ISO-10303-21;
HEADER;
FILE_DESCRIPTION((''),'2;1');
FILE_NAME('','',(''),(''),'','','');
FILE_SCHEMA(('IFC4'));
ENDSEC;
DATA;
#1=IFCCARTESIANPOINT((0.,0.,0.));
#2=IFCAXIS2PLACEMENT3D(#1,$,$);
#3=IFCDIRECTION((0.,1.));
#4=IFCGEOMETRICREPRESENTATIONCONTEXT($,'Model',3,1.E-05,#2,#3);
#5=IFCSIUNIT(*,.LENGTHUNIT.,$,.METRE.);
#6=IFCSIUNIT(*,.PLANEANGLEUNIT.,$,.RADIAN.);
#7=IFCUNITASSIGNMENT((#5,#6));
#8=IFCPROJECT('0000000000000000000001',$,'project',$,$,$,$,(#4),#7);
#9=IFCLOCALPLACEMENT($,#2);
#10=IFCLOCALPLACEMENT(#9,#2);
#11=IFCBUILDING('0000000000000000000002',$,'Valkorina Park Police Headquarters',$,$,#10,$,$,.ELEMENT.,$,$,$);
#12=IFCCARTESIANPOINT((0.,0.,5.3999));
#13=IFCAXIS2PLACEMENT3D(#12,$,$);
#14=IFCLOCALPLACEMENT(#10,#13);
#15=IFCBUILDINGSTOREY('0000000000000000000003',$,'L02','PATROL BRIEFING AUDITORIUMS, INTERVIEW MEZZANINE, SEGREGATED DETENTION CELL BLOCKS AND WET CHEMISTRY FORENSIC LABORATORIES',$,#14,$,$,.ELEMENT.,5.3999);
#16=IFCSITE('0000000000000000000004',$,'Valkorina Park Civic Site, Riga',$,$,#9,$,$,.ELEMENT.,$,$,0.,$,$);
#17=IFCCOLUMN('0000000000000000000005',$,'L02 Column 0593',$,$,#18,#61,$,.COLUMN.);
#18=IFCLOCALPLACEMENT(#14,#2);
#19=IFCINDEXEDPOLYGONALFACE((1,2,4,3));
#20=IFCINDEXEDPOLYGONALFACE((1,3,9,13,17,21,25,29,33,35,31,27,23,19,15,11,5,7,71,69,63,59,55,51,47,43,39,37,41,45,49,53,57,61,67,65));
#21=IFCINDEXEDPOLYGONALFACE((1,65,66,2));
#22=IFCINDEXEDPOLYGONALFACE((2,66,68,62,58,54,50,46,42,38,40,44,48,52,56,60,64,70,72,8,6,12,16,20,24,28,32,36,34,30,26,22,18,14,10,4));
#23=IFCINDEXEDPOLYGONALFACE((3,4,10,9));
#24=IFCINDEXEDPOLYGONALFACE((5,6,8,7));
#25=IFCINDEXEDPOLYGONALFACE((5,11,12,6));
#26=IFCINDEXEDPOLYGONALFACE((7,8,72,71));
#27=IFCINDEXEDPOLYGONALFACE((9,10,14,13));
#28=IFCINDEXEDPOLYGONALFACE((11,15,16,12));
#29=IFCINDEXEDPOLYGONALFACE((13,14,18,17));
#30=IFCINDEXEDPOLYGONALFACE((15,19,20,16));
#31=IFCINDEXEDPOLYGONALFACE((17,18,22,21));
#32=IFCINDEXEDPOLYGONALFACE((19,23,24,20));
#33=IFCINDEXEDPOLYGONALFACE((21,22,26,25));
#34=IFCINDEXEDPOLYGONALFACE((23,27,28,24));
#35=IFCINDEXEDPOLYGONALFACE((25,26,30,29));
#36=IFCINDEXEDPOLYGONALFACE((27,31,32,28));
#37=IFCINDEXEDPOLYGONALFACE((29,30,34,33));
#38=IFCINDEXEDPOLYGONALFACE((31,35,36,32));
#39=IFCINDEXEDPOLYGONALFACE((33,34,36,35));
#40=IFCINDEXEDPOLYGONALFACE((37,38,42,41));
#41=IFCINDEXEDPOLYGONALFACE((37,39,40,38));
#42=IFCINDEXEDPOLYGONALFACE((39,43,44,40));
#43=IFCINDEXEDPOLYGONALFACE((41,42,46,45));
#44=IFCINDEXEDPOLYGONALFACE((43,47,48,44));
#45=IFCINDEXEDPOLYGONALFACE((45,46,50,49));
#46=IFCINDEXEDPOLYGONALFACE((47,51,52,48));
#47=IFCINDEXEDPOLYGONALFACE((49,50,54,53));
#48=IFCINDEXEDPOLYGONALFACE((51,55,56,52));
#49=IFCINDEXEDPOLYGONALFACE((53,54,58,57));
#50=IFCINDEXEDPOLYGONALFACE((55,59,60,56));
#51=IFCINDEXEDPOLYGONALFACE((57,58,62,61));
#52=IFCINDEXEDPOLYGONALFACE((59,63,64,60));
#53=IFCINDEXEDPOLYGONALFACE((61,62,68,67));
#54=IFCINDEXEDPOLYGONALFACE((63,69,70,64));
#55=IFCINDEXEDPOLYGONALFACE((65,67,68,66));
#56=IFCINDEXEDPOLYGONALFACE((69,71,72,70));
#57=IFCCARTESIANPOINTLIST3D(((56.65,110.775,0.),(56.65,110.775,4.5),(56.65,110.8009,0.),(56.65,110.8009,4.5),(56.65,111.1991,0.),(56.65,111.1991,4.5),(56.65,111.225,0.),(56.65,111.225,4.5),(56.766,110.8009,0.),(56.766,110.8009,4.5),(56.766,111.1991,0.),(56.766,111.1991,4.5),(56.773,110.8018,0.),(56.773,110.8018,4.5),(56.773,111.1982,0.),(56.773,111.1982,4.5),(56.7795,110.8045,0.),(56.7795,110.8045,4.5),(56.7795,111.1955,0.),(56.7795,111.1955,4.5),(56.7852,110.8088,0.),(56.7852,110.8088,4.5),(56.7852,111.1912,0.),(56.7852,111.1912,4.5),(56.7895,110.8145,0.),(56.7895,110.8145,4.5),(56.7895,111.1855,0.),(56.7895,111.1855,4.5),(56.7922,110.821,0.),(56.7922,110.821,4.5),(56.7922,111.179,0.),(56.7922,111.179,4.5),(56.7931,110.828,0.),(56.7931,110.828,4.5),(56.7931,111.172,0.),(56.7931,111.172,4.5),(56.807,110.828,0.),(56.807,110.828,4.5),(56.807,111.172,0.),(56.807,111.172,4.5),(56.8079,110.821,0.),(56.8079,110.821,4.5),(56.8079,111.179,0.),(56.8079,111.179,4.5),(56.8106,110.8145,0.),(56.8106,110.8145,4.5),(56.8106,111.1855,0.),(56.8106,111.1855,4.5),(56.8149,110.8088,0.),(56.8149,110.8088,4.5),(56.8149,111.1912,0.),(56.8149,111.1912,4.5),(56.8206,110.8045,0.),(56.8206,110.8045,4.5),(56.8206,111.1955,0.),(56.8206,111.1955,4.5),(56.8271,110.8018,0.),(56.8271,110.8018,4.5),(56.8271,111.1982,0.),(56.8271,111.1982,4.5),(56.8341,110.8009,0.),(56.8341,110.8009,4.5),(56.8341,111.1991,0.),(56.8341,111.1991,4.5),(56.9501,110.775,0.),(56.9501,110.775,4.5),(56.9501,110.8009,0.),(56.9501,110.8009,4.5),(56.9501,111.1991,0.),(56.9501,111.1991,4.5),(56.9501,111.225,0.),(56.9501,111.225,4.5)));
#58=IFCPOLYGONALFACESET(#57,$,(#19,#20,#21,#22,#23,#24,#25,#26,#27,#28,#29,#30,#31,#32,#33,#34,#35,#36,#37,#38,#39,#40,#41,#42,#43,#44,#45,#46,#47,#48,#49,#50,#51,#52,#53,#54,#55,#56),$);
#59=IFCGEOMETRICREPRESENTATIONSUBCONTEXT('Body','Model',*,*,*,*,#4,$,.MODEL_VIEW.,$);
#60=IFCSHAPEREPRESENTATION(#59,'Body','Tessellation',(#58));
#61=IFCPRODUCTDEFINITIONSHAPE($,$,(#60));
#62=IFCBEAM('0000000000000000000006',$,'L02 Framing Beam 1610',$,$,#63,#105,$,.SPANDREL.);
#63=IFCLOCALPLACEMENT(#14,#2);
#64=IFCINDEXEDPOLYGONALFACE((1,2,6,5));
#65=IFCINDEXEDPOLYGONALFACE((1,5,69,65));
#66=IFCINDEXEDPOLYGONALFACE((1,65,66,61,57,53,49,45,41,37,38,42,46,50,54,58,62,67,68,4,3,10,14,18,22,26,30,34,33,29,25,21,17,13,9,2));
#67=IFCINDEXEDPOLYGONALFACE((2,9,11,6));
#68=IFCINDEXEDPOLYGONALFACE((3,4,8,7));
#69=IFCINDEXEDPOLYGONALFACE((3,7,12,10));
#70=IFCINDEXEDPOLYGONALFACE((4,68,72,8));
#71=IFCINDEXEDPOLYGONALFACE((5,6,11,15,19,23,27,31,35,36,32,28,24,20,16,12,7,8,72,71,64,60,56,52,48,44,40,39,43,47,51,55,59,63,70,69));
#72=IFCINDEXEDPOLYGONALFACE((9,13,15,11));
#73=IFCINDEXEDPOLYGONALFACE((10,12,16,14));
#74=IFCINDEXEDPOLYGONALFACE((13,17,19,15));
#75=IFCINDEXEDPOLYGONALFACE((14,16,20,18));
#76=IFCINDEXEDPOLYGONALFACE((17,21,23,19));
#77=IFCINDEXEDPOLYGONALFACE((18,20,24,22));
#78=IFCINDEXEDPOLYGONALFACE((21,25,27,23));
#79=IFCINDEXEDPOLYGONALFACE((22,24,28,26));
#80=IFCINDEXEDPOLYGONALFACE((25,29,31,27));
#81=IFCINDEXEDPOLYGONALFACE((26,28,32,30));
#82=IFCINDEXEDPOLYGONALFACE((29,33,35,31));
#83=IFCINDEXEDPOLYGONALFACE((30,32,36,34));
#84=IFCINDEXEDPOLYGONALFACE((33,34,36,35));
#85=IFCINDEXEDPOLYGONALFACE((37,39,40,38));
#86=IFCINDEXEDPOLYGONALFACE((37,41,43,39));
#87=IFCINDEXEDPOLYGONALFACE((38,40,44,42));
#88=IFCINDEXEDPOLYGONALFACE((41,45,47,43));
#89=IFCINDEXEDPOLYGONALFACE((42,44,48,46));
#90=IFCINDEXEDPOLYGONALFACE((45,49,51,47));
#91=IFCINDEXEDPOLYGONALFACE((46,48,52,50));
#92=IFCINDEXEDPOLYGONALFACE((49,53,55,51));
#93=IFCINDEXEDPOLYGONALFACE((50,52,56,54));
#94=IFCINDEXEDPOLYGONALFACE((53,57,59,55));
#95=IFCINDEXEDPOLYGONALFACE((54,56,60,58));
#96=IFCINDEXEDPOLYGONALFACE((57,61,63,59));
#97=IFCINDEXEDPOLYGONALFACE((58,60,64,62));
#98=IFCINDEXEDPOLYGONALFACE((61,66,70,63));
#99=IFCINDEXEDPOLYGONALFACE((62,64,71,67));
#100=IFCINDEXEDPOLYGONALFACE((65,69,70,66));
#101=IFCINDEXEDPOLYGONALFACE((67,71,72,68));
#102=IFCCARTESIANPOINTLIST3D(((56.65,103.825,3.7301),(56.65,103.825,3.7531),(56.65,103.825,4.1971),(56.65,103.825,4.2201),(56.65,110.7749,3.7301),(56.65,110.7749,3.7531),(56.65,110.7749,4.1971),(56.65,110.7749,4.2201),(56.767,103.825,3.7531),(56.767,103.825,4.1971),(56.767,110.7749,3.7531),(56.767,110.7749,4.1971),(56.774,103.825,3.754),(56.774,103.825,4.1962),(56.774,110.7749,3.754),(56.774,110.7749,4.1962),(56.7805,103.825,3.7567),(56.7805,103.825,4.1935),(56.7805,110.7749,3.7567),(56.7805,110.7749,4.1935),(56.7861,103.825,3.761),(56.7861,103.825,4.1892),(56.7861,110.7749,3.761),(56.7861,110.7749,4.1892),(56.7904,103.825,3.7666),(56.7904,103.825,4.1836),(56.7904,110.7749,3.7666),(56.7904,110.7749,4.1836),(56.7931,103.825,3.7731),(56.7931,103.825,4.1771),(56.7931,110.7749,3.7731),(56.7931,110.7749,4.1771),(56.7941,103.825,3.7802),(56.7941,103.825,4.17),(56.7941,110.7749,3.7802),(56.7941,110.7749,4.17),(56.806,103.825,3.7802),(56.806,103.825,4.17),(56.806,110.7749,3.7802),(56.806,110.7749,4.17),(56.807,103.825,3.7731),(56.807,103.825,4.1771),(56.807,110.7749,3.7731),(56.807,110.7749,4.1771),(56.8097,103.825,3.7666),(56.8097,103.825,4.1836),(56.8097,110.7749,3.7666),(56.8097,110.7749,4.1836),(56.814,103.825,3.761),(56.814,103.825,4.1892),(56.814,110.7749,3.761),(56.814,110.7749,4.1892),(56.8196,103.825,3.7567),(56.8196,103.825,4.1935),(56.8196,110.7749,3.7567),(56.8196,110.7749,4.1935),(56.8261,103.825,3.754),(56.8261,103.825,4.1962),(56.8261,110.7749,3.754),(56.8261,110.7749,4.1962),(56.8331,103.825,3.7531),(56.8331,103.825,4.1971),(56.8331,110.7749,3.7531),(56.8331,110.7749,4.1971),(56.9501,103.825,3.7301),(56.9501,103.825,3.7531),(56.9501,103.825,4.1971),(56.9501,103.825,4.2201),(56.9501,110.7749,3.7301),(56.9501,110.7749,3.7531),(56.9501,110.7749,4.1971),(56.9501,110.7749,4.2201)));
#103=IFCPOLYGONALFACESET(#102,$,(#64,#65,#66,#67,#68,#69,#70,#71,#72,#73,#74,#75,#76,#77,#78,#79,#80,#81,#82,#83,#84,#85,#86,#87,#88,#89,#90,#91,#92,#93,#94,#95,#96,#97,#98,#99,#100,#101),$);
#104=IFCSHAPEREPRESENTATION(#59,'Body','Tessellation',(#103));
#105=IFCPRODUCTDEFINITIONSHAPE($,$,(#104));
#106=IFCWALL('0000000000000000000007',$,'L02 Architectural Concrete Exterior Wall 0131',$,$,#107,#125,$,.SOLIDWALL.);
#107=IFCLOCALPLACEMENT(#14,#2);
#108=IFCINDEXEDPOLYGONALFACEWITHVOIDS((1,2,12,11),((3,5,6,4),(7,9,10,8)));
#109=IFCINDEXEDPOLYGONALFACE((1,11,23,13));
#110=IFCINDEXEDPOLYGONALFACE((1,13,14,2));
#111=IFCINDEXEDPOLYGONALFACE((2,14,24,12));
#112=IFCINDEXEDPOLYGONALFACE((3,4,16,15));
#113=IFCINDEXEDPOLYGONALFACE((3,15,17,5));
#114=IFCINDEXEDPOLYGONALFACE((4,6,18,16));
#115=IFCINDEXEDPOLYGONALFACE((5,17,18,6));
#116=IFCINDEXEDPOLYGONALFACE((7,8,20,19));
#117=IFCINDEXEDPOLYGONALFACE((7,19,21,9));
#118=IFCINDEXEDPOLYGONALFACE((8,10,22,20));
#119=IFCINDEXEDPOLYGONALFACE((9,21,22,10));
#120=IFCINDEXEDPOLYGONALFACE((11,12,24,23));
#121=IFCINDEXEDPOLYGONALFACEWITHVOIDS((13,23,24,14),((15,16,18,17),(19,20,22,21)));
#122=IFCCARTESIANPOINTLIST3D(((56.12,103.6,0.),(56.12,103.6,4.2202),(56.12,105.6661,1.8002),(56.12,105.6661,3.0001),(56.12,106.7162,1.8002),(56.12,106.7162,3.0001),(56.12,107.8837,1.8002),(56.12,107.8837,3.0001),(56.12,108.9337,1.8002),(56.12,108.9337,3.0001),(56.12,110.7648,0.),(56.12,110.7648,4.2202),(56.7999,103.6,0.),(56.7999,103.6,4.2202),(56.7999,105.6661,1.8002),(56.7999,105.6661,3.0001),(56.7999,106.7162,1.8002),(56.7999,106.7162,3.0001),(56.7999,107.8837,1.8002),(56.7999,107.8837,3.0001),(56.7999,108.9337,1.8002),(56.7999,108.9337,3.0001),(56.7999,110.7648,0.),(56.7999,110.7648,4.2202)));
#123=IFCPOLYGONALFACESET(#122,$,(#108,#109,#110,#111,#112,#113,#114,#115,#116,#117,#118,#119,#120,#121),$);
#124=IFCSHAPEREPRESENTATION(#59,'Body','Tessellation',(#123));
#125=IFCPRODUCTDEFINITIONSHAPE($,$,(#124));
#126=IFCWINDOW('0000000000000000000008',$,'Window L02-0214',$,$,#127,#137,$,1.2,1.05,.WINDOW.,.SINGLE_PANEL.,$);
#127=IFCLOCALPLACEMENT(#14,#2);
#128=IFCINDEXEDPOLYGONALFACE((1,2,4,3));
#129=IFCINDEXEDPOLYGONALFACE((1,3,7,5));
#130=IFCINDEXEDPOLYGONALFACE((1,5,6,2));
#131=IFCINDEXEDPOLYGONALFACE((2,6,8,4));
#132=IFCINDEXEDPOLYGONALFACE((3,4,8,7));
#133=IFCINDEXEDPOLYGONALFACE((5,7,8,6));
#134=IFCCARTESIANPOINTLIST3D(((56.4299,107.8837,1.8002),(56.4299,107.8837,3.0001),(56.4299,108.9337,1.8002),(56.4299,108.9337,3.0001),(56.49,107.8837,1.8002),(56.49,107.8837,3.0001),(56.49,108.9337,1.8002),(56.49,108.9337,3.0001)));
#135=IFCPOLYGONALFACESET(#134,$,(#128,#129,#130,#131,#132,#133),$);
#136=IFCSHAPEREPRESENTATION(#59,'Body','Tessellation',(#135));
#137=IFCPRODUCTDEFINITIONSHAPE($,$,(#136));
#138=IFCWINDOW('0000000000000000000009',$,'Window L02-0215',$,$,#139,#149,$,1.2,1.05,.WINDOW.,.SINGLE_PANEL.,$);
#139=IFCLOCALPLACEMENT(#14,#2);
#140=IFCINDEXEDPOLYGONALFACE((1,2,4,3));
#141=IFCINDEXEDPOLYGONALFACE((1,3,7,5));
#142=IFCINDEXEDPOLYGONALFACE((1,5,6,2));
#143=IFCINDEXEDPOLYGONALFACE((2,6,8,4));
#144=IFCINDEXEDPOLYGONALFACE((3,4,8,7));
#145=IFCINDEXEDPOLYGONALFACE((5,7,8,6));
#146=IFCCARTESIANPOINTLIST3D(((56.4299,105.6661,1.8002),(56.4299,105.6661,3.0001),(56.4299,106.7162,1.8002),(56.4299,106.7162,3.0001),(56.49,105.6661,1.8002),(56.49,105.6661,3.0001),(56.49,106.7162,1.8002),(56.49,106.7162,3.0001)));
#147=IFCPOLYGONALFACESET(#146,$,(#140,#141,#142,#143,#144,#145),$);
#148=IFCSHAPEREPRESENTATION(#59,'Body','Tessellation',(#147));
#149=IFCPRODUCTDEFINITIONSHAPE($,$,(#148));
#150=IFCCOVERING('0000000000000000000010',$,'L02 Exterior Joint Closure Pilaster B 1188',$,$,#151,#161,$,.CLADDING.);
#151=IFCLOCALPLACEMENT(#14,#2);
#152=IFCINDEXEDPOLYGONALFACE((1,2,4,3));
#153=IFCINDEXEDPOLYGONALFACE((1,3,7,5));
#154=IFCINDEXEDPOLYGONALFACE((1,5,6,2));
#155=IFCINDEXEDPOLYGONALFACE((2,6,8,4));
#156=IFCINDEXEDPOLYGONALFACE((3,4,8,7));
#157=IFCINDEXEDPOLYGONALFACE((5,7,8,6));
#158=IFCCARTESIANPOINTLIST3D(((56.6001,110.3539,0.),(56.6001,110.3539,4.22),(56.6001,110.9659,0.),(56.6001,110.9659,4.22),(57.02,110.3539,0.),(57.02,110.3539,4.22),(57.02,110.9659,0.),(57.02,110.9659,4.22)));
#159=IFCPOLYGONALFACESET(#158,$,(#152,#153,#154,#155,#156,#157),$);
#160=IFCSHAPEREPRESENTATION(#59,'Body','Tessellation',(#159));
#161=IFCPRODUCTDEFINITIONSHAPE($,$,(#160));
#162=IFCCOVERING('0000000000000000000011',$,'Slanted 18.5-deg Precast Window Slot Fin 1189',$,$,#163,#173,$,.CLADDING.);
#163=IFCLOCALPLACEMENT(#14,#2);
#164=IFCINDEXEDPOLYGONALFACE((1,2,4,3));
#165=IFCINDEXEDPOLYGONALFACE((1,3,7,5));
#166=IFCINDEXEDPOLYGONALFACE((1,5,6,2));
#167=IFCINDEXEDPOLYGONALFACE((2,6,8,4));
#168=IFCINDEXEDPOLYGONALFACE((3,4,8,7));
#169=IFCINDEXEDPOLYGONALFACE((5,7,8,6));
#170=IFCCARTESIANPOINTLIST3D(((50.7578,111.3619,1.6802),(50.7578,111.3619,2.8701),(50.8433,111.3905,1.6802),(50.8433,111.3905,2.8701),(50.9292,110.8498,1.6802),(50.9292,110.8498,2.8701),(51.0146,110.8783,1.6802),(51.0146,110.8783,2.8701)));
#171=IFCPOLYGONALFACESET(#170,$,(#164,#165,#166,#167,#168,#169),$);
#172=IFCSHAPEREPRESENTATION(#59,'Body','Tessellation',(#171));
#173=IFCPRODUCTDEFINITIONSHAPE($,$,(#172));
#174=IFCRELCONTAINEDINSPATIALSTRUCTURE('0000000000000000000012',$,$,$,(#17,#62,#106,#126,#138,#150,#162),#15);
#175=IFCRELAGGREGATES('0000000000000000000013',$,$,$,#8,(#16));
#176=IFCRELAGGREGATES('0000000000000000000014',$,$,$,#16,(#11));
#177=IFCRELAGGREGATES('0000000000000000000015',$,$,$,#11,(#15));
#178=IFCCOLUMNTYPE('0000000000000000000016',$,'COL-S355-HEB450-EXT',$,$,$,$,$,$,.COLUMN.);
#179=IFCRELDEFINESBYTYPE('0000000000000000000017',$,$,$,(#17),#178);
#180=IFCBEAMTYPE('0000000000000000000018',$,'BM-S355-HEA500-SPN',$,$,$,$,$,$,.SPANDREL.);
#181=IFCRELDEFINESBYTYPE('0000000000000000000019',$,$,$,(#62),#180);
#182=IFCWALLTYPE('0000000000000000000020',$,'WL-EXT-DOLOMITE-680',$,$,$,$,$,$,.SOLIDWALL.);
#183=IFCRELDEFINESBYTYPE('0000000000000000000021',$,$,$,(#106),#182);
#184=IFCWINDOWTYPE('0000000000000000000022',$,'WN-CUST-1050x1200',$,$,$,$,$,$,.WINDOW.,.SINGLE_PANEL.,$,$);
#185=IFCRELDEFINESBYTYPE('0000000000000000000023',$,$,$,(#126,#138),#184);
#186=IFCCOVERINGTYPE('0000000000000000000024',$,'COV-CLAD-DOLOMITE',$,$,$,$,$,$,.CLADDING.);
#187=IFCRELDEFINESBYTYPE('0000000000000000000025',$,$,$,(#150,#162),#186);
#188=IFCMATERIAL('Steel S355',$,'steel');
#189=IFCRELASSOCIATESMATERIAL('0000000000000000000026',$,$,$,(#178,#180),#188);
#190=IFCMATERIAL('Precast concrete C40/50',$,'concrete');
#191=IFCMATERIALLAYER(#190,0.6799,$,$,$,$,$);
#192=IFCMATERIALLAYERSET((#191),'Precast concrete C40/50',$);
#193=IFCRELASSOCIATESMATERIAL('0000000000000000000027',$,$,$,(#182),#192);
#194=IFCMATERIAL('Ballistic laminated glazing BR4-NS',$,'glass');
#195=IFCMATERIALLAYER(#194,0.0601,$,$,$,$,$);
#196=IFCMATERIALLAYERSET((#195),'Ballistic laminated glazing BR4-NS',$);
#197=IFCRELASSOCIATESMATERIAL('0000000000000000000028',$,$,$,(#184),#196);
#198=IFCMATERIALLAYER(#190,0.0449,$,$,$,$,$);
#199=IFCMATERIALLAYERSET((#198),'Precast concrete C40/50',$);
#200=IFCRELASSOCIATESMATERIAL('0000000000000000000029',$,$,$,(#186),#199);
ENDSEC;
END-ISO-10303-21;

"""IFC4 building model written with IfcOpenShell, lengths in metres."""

from ifc_helpers import new_model, si_unit, direction, frame, frame_2d, origin, origin_2d, place, context, subcontext, project, spatial, rectangle, i_section, extrude, material, layer, layer_set, material_profile, profile_set, type_object, element, fill, save


model = new_model("IFC4")

# Units and contexts
model_context = context("Model", 3, precision=1e-05, world=origin(), true_north=direction((0.0, 1.0)))
body_context = subcontext(model_context, "Body", "Model", "MODEL_VIEW")
ifc_project = project(units=[si_unit("LENGTHUNIT", "METRE"), si_unit("PLANEANGLEUNIT", "RADIAN")], contexts=[model_context])

# Site, building, storey
site_placement = place(None, origin())
site = spatial("IfcSite", under=ifc_project, at=site_placement, Name="Valkorina Park Civic Site, Riga", CompositionType="ELEMENT", RefElevation=0.0)
building_placement = place(site_placement, origin())
building = spatial("IfcBuilding", under=site, at=building_placement, Name="Valkorina Park Police Headquarters", CompositionType="ELEMENT")
storey_placement = place(building_placement, frame((0.0, 0.0, 5.3999)))
storey = spatial("IfcBuildingStorey", under=building, at=storey_placement, Name="L02", Description="PATROL BRIEFING AUDITORIUMS, INTERVIEW MEZZANINE, SEGREGATED DETENTION CELL BLOCKS AND WET CHEMISTRY FORENSIC LABORATORIES", CompositionType="ELEMENT", Elevation=5.3999)

# Column
ifc_material_1 = material(Name="Steel S355", Category="steel")
ifc_material_profile_1 = material_profile(ifc_material_1, i_section(OverallWidth=0.3, OverallDepth=0.45, WebThickness=0.0139, FlangeThickness=0.0259, FilletRadius=0.0271, at=origin_2d()), Name="HEB 450")
ifc_profile_set_1 = profile_set([ifc_material_profile_1], Name="Steel S355")
column_type = type_object("IfcColumnType", Name="COL-S355-HEB450-EXT", PredefinedType="COLUMN", material=ifc_profile_set_1)
column_placement = place(storey_placement, frame((56.8, 111.0, 0.0), z_axis=(0.0, 0.0, 1.0), x_axis=(1.0, 0.0, 0.0)))
element("IfcColumn", 1, at=column_placement, inside=storey, type_object=column_type, Name="L02 Column 0593", PredefinedType="COLUMN", context=body_context, shape_type="SweptSolid", body=[
    extrude(i_section(OverallWidth=0.3, OverallDepth=0.45, WebThickness=0.0139, FlangeThickness=0.0259, FilletRadius=0.0271, at=origin_2d()), origin(), (0.0, 0.0, 1.0), 4.5),
])

# Beam
ifc_material_profile_2 = material_profile(ifc_material_1, i_section(OverallWidth=0.3, OverallDepth=0.49, WebThickness=0.012, FlangeThickness=0.0229, FilletRadius=0.0271, at=origin_2d()), Name="HEA 500")
ifc_profile_set_2 = profile_set([ifc_material_profile_2], Name="Steel S355")
beam_type = type_object("IfcBeamType", Name="BM-S355-HEA500-SPN", PredefinedType="SPANDREL", material=ifc_profile_set_2)
beam_placement = place(storey_placement, frame((56.8, 103.825, 3.9751), z_axis=(0.0, 1.0, 0.0), x_axis=(-1.0, 0.0, 0.0)))
element("IfcBeam", 2, at=beam_placement, inside=storey, type_object=beam_type, Name="L02 Framing Beam 1610", PredefinedType="SPANDREL", context=body_context, shape_type="SweptSolid", body=[
    extrude(i_section(OverallWidth=0.3, OverallDepth=0.49, WebThickness=0.012, FlangeThickness=0.0229, FilletRadius=0.0271, at=origin_2d()), origin(), (0.0, 0.0, 1.0), 6.95),
])

# Wall, openings, windows
ifc_material_2 = material(Name="Precast concrete C40/50", Category="concrete")
ifc_layer_1 = layer(ifc_material_2, 0.6799)
ifc_layer_set_1 = layer_set([ifc_layer_1], Name="Precast concrete C40/50")
wall_type = type_object("IfcWallType", Name="WL-EXT-DOLOMITE-680", PredefinedType="SOLIDWALL", material=ifc_layer_set_1)
wall_placement = place(storey_placement, frame((56.46, 110.7649, 0.0), z_axis=(0.0, 0.0, 1.0), x_axis=(0.0, -1.0, 0.0)))
wall = element("IfcWall", 3, at=wall_placement, inside=storey, type_object=wall_type, Name="L02 Architectural Concrete Exterior Wall 0131", PredefinedType="SOLIDWALL", context=body_context, shape_type="SweptSolid", body=[
    extrude(rectangle(XDim=7.1648, YDim=0.6799, at=frame_2d((3.5825, 0.0))), origin(), (0.0, 0.0, 1.0), 4.2202),
])
opening_1_placement = place(wall_placement, frame((1.8313, 0.0, 1.8)))
opening_1 = element("IfcOpeningElement", 4, at=opening_1_placement, cuts=wall, PredefinedType="OPENING", context=body_context, shape_type="SweptSolid", body=[
    extrude(rectangle(XDim=1.05, YDim=1.2, at=frame_2d((0.5249, 0.6001))), frame((0.0, 0.3501, 0.0), z_axis=(0.0, -1.0, 0.0), x_axis=(1.0, 0.0, 0.0)), (0.0, 0.0, 1.0), 0.7),
])
opening_2_placement = place(wall_placement, frame((4.0488, 0.0, 1.8)))
opening_2 = element("IfcOpeningElement", 5, at=opening_2_placement, cuts=wall, PredefinedType="OPENING", context=body_context, shape_type="SweptSolid", body=[
    extrude(rectangle(XDim=1.05, YDim=1.2, at=frame_2d((0.5249, 0.6001))), frame((0.0, 0.3501, 0.0), z_axis=(0.0, -1.0, 0.0), x_axis=(1.0, 0.0, 0.0)), (0.0, 0.0, 1.0), 0.7),
])
ifc_material_3 = material(Name="Ballistic laminated glazing BR4-NS", Category="glass")
ifc_layer_2 = layer(ifc_material_3, 0.0601)
ifc_layer_set_2 = layer_set([ifc_layer_2], Name="Ballistic laminated glazing BR4-NS")
window_type = type_object("IfcWindowType", Name="WN-CUST-1050x1200", PartitioningType="SINGLE_PANEL", PredefinedType="WINDOW", material=ifc_layer_set_2)
window_1_placement = place(opening_1_placement, origin())
window_1 = element("IfcWindow", 6, at=window_1_placement, inside=storey, type_object=window_type, Name="Window L02-0214", OverallHeight=1.2, OverallWidth=1.05, PartitioningType="SINGLE_PANEL", PredefinedType="WINDOW", context=body_context, shape_type="SweptSolid", body=[
    extrude(rectangle(XDim=1.05, YDim=1.2, at=frame_2d((0.5249, 0.6001))), frame((0.0, 0.03, 0.0), z_axis=(0.0, -1.0, 0.0), x_axis=(1.0, 0.0, 0.0)), (0.0, 0.0, 1.0), 0.0601),
])
fill(opening_1, window_1)
window_2_placement = place(opening_2_placement, origin())
window_2 = element("IfcWindow", 7, at=window_2_placement, inside=storey, type_object=window_type, Name="Window L02-0215", OverallHeight=1.2, OverallWidth=1.05, PartitioningType="SINGLE_PANEL", PredefinedType="WINDOW", context=body_context, shape_type="SweptSolid", body=[
    extrude(rectangle(XDim=1.05, YDim=1.2, at=frame_2d((0.5249, 0.6001))), frame((0.0, 0.03, 0.0), z_axis=(0.0, -1.0, 0.0), x_axis=(1.0, 0.0, 0.0)), (0.0, 0.0, 1.0), 0.0601),
])
fill(opening_2, window_2)

# Coverings
ifc_layer_3 = layer(ifc_material_2, 0.0449)
ifc_layer_set_3 = layer_set([ifc_layer_3], Name="Precast concrete C40/50")
covering_type = type_object("IfcCoveringType", Name="COV-CLAD-DOLOMITE", PredefinedType="CLADDING", material=ifc_layer_set_3)
covering_1_placement = place(storey_placement, frame((56.8101, 110.6599, 0.0), z_axis=(0.0, 0.0, 1.0), x_axis=(1.0, 0.0, 0.0)))
element("IfcCovering", 8, at=covering_1_placement, inside=storey, type_object=covering_type, Name="L02 Exterior Joint Closure Pilaster B 1188", PredefinedType="CLADDING", context=body_context, shape_type="SweptSolid", body=[
    extrude(rectangle(XDim=0.4199, YDim=0.6121, at=origin_2d()), origin(), (0.0, 0.0, 1.0), 4.22),
])
for number, where, z_axis, x_axis, name in (
    (9, (50.8862, 111.1201, 1.6802), (0.0, 0.0, 1.0), (-0.317305, 0.948324, 0.0), "Slanted 18.5-deg Precast Window Slot Fin 1189"),
):
    element("IfcCovering", number, at=place(storey_placement, frame(where, z_axis=z_axis, x_axis=x_axis)), inside=storey, type_object=covering_type, Name=name, PredefinedType="CLADDING", context=body_context, shape_type="SweptSolid", body=[
        extrude(rectangle(XDim=0.54, YDim=0.0901, at=origin_2d()), origin(), (0.0, 0.0, 1.0), 1.1899),
    ])

save(model, "model.ifc")
